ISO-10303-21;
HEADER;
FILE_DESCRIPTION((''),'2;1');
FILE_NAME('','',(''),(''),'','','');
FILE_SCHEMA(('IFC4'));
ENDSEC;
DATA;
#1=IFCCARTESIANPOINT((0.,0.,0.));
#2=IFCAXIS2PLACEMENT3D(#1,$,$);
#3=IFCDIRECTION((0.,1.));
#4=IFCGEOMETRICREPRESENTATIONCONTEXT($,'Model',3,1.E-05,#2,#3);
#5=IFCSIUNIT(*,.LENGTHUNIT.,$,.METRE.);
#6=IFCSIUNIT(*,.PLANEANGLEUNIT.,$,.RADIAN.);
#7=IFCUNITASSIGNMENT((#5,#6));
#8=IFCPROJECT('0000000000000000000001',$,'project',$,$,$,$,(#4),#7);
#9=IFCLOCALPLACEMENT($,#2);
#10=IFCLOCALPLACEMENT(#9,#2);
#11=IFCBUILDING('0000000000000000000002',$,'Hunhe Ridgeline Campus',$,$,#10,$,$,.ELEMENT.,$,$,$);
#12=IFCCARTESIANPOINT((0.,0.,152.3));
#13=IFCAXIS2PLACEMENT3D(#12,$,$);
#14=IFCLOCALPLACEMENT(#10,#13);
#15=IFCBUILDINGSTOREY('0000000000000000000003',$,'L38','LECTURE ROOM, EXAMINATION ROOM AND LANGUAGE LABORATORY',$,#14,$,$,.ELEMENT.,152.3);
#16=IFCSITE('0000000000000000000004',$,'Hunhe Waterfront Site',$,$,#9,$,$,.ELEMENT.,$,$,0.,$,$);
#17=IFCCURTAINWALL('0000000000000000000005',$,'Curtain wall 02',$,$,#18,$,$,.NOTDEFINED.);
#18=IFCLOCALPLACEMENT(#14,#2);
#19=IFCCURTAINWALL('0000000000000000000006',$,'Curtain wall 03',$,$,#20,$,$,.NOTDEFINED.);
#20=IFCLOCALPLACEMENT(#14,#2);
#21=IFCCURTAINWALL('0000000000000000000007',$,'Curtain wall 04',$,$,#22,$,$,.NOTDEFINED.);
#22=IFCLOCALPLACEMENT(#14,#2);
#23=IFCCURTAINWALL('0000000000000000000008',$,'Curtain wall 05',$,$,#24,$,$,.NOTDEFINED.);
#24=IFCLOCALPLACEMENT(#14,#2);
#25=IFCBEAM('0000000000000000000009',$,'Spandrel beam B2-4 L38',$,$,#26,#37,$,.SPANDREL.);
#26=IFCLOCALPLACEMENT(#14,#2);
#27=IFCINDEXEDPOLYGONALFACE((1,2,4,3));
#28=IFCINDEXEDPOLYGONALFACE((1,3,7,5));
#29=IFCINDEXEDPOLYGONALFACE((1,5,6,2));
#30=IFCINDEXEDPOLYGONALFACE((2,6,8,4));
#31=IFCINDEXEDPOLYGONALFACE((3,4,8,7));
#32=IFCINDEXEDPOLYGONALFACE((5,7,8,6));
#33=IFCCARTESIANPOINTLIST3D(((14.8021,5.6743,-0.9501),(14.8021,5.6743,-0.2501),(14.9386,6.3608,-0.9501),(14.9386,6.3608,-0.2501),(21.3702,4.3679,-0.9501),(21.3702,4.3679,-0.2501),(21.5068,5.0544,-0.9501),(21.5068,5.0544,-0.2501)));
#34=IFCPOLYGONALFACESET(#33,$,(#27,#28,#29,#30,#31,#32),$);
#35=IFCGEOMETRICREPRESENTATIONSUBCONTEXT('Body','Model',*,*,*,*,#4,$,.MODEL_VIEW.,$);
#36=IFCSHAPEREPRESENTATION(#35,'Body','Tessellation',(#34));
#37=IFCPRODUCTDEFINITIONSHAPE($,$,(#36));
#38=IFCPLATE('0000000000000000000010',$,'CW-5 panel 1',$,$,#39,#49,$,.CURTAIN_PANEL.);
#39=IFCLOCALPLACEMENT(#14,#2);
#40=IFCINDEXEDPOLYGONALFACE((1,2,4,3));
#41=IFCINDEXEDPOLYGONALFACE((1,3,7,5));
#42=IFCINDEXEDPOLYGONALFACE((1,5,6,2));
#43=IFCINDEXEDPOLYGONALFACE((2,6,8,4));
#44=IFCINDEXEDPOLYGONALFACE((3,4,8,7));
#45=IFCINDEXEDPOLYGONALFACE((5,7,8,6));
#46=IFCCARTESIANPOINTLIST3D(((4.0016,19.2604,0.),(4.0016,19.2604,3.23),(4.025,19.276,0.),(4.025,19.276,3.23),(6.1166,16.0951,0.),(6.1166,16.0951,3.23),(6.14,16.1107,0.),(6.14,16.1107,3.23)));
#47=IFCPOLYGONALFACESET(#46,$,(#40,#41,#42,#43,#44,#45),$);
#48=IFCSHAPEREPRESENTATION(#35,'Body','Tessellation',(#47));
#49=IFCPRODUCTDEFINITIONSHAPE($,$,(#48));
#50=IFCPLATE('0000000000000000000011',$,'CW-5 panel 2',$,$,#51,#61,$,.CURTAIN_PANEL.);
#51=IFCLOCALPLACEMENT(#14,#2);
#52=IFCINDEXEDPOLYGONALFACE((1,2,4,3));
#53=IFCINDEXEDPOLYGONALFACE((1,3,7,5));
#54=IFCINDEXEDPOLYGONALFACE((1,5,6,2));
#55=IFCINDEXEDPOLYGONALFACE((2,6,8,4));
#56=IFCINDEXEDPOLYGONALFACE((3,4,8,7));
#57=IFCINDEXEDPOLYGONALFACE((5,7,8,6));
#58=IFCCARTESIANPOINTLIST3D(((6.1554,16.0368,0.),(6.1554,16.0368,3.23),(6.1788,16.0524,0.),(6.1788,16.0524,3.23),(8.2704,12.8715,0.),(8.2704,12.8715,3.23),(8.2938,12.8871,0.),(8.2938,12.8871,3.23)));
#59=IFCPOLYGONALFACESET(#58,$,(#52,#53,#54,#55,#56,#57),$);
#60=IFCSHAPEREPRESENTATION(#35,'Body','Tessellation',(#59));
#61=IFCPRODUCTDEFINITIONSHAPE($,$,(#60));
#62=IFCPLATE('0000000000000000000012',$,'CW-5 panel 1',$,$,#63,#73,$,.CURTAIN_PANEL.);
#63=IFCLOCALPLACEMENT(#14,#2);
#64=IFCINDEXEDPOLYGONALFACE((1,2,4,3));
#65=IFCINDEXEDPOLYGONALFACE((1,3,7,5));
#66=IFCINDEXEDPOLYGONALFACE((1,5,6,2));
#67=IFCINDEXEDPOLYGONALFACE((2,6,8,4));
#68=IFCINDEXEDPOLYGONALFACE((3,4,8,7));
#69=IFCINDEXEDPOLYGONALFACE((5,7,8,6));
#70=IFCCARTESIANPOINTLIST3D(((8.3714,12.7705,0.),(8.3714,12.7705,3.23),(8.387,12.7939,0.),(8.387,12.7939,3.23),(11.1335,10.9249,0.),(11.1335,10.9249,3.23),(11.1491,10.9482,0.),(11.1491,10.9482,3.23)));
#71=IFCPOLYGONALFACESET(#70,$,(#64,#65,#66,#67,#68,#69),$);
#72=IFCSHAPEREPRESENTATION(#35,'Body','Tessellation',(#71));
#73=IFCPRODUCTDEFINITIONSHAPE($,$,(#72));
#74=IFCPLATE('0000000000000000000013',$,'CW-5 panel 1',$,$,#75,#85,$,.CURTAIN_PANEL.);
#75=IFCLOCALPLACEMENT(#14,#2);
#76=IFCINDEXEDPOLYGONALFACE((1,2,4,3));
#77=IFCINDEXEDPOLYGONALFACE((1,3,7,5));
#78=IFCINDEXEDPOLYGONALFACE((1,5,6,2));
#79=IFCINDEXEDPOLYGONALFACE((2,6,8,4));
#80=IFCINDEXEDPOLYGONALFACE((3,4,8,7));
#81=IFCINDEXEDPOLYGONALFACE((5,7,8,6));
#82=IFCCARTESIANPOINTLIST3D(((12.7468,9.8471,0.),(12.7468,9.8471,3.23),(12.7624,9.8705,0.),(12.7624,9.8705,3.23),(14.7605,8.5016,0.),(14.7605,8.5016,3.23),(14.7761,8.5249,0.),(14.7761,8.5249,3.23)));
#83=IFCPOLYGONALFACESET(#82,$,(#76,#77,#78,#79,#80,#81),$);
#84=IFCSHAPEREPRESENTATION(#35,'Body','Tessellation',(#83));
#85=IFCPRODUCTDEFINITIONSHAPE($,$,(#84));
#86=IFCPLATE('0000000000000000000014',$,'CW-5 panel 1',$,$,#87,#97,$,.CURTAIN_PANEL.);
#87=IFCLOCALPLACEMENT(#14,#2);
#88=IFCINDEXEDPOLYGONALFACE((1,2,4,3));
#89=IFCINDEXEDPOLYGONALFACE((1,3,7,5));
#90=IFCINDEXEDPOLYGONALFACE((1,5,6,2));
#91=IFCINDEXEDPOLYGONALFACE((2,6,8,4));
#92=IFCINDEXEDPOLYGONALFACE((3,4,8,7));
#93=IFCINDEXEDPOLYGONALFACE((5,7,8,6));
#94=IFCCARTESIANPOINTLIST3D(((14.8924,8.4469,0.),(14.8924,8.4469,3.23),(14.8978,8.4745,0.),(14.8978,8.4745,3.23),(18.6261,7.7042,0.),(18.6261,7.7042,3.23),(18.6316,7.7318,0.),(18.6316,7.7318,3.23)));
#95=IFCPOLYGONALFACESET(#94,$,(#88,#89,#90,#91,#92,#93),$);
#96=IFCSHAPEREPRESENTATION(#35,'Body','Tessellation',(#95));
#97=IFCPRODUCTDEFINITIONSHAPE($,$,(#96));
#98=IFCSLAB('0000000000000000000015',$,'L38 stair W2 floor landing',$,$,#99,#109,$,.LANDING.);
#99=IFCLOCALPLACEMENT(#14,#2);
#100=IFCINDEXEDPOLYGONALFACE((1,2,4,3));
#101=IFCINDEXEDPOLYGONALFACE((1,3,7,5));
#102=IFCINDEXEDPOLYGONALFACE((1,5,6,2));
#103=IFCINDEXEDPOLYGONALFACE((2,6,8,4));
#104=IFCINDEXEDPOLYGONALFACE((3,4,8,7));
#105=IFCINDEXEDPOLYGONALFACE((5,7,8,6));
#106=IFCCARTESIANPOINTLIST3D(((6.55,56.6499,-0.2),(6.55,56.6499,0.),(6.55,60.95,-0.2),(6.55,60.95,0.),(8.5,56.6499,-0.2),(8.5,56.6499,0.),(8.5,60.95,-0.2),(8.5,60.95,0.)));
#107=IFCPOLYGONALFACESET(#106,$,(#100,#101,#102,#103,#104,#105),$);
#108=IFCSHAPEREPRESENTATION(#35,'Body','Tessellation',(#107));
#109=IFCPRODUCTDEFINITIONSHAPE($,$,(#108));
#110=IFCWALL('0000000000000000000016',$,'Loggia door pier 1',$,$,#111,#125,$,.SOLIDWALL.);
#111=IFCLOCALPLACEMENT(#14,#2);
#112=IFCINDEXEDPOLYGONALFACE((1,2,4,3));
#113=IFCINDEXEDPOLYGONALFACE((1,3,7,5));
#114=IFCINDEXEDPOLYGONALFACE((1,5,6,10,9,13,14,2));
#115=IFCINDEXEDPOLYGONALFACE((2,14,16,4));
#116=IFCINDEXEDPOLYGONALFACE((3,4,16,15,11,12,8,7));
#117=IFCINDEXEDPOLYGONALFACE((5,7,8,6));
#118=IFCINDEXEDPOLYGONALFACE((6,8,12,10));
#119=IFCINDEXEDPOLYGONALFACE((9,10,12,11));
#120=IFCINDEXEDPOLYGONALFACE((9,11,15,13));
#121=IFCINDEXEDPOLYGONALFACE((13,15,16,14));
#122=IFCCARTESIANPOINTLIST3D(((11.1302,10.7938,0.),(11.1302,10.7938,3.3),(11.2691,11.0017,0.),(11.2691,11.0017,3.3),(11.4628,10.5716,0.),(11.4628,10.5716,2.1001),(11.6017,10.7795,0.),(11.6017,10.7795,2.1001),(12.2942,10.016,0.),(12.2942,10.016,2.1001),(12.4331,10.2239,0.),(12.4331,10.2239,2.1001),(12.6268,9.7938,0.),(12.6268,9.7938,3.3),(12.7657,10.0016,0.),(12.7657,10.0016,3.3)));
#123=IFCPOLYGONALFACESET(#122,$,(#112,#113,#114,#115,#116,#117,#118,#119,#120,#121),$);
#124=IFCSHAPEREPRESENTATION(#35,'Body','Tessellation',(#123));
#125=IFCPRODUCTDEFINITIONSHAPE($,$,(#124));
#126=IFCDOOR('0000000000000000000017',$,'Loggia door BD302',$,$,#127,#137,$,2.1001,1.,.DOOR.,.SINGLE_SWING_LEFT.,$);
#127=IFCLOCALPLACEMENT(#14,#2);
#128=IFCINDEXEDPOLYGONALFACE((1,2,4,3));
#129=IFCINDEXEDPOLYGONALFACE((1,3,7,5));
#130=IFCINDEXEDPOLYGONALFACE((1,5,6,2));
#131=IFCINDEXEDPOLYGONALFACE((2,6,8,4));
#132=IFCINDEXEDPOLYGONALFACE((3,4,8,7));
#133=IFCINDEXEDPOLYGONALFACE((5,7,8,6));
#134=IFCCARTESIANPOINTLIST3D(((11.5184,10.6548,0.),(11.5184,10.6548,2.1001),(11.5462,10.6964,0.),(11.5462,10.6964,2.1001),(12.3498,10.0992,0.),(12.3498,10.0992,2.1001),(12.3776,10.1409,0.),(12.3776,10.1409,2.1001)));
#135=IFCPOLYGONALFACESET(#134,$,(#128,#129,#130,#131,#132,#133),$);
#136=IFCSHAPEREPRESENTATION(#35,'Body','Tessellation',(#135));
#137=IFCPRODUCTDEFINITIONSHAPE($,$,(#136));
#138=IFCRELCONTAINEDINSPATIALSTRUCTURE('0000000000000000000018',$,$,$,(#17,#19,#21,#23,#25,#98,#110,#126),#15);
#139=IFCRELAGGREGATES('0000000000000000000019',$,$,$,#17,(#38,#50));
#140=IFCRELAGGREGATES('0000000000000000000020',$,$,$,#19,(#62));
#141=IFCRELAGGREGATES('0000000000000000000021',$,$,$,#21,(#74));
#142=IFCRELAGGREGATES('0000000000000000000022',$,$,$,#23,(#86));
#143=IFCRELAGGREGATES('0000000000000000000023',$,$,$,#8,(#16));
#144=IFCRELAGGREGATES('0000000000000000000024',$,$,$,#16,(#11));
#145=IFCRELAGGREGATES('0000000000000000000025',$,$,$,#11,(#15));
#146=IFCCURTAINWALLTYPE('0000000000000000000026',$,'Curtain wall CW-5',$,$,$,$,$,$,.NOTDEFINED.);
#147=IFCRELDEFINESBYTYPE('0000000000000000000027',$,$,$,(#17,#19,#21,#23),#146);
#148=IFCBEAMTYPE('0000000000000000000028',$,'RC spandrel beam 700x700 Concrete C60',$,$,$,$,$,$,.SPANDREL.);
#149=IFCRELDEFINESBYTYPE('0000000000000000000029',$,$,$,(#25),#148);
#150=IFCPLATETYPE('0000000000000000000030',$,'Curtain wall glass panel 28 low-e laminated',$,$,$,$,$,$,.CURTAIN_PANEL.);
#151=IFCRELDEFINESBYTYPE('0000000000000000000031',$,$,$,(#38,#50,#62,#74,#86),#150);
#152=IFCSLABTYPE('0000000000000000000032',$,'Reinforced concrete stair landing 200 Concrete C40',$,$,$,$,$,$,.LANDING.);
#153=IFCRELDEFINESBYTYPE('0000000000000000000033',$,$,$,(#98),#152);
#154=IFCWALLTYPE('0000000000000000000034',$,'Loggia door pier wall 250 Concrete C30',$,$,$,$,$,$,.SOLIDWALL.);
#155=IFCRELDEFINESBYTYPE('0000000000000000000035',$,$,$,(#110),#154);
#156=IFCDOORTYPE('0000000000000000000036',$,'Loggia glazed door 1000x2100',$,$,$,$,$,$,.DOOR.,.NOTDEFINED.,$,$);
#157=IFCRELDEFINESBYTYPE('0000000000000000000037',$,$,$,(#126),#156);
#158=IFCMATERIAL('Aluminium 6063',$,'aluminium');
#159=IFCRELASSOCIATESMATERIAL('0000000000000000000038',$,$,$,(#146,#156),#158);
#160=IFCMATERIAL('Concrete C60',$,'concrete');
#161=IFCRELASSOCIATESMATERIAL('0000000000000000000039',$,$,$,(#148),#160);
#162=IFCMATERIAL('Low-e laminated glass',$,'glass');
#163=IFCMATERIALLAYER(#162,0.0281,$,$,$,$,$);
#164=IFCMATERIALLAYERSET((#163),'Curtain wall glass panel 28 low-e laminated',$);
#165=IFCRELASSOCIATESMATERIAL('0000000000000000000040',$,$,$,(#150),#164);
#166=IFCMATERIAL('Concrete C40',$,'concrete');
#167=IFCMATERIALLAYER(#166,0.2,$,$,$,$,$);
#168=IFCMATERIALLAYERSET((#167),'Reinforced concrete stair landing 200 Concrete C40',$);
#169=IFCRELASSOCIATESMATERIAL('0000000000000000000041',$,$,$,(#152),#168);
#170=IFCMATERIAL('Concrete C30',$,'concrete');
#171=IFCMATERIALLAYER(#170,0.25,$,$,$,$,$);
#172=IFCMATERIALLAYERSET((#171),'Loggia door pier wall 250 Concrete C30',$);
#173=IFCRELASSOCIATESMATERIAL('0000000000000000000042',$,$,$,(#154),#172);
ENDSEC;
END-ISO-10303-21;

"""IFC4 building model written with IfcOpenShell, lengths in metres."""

from ifc_helpers import new_model, si_unit, direction, frame, frame_2d, origin, origin_2d, place, context, subcontext, project, spatial, polyline, rectangle, outline, extrude, material, layer, layer_set, material_profile, profile_set, type_object, element, fill, aggregate, save


model = new_model("IFC4")

# Units and contexts
model_context = context("Model", 3, precision=1e-05, world=origin(), true_north=direction((0.0, 1.0)))
body_context = subcontext(model_context, "Body", "Model", "MODEL_VIEW")
ifc_project = project(units=[si_unit("LENGTHUNIT", "METRE"), si_unit("PLANEANGLEUNIT", "RADIAN")], contexts=[model_context])

# Site, building, storey
site_placement = place(None, origin())
site = spatial("IfcSite", under=ifc_project, at=site_placement, Name="Hunhe Waterfront Site", CompositionType="ELEMENT", RefElevation=0.0)
building_placement = place(site_placement, origin())
building = spatial("IfcBuilding", under=site, at=building_placement, Name="Hunhe Ridgeline Campus", CompositionType="ELEMENT")
storey_placement = place(building_placement, frame((0.0, 0.0, 152.3)))
storey = spatial("IfcBuildingStorey", under=building, at=storey_placement, Name="L38", Description="LECTURE ROOM, EXAMINATION ROOM AND LANGUAGE LABORATORY", CompositionType="ELEMENT", Elevation=152.3)

# Curtain walls
ifc_material_1 = material(Name="Aluminium 6063", Category="aluminium")
curtain_wall_type = type_object("IfcCurtainWallType", Name="Curtain wall CW-5", PredefinedType="NOTDEFINED", material=ifc_material_1)
curtain_wall_1_placement = place(storey_placement, origin())
curtain_wall_1 = element("IfcCurtainWall", 1, at=curtain_wall_1_placement, inside=storey, type_object=curtain_wall_type, Name="Curtain wall 02", PredefinedType="NOTDEFINED")
curtain_wall_2_placement = place(storey_placement, origin())
curtain_wall_2 = element("IfcCurtainWall", 2, at=curtain_wall_2_placement, inside=storey, type_object=curtain_wall_type, Name="Curtain wall 03", PredefinedType="NOTDEFINED")
curtain_wall_3_placement = place(storey_placement, origin())
curtain_wall_3 = element("IfcCurtainWall", 3, at=curtain_wall_3_placement, inside=storey, type_object=curtain_wall_type, Name="Curtain wall 04", PredefinedType="NOTDEFINED")
curtain_wall_4_placement = place(storey_placement, origin())
curtain_wall_4 = element("IfcCurtainWall", 4, at=curtain_wall_4_placement, inside=storey, type_object=curtain_wall_type, Name="Curtain wall 05", PredefinedType="NOTDEFINED")

# Beam
ifc_material_2 = material(Name="Concrete C60", Category="concrete")
ifc_material_profile_1 = material_profile(ifc_material_2, rectangle(XDim=0.7, YDim=0.7, at=origin_2d()))
ifc_profile_set_1 = profile_set([ifc_material_profile_1], Name="Concrete C60")
beam_type = type_object("IfcBeamType", Name="RC spandrel beam 700x700 Concrete C60", PredefinedType="SPANDREL", material=ifc_profile_set_1)
for number, where, z_axis, x_axis, name in (
    (5, (14.8704, 6.0176, -0.6001), (0.980788, -0.195078, 0.0), (0.195078, 0.980788, 0.0), "Spandrel beam B2-4 L38"),
):
    element("IfcBeam", number, at=place(storey_placement, frame(where, z_axis=z_axis, x_axis=x_axis)), inside=storey, type_object=beam_type, Name=name, PredefinedType="SPANDREL", context=body_context, shape_type="SweptSolid", body=[
        extrude(rectangle(XDim=0.7, YDim=0.7, at=origin_2d()), origin(), (0.0, 0.0, 1.0), 6.6968),
    ])

# Plates
ifc_material_3 = material(Name="Low-e laminated glass", Category="glass")
ifc_layer_1 = layer(ifc_material_3, 0.0281)
ifc_layer_set_1 = layer_set([ifc_layer_1], Name="Curtain wall glass panel 28 low-e laminated")
plate_type = type_object("IfcPlateType", Name="Curtain wall glass panel 28 low-e laminated", PredefinedType="CURTAIN_PANEL", material=ifc_layer_set_1)
plate_1_placement = place(storey_placement, frame((5.0708, 17.6855, 0.0), z_axis=(0.0, 0.0, 1.0), x_axis=(0.55557, -0.83147, 0.0)))
plate_1 = element("IfcPlate", 6, at=plate_1_placement, type_object=plate_type, Name="CW-5 panel 1", PredefinedType="CURTAIN_PANEL", context=body_context, shape_type="SweptSolid", body=[
    extrude(rectangle(XDim=3.8069, YDim=0.0281, at=origin_2d()), origin(), (0.0, 0.0, 1.0), 3.23),
])
plate_2_placement = place(storey_placement, frame((7.2246, 14.4619, 0.0), z_axis=(0.0, 0.0, 1.0), x_axis=(0.55557, -0.83147, 0.0)))
plate_2 = element("IfcPlate", 7, at=plate_2_placement, type_object=plate_type, Name="CW-5 panel 2", PredefinedType="CURTAIN_PANEL", context=body_context, shape_type="SweptSolid", body=[
    extrude(rectangle(XDim=3.8069, YDim=0.0281, at=origin_2d()), origin(), (0.0, 0.0, 1.0), 3.23),
])
aggregate(curtain_wall_1, [plate_1, plate_2])
plate_3_placement = place(storey_placement, frame((9.7603, 11.8594, 0.0), z_axis=(0.0, 0.0, 1.0), x_axis=(0.83147, -0.55557, 0.0)))
plate_3 = element("IfcPlate", 8, at=plate_3_placement, type_object=plate_type, Name="CW-5 panel 1", PredefinedType="CURTAIN_PANEL", context=body_context, shape_type="SweptSolid", body=[
    extrude(rectangle(XDim=3.322, YDim=0.0281, at=origin_2d()), origin(), (0.0, 0.0, 1.0), 3.23),
])
aggregate(curtain_wall_2, [plate_3])
plate_4_placement = place(storey_placement, frame((13.7615, 9.186, 0.0), z_axis=(0.0, 0.0, 1.0), x_axis=(0.83147, -0.55557, 0.0)))
plate_4 = element("IfcPlate", 9, at=plate_4_placement, type_object=plate_type, Name="CW-5 panel 1", PredefinedType="CURTAIN_PANEL", context=body_context, shape_type="SweptSolid", body=[
    extrude(rectangle(XDim=2.4219, YDim=0.0281, at=origin_2d()), origin(), (0.0, 0.0, 1.0), 3.23),
])
aggregate(curtain_wall_3, [plate_4])
plate_5_placement = place(storey_placement, frame((16.762, 8.0894, 0.0), z_axis=(0.0, 0.0, 1.0), x_axis=(0.980785, -0.19509, 0.0)))
plate_5 = element("IfcPlate", 10, at=plate_5_placement, type_object=plate_type, Name="CW-5 panel 1", PredefinedType="CURTAIN_PANEL", context=body_context, shape_type="SweptSolid", body=[
    extrude(rectangle(XDim=3.8069, YDim=0.0281, at=origin_2d()), origin(), (0.0, 0.0, 1.0), 3.23),
])
aggregate(curtain_wall_4, [plate_5])

# Slab
ifc_material_4 = material(Name="Concrete C40", Category="concrete")
ifc_layer_2 = layer(ifc_material_4, 0.2)
ifc_layer_set_2 = layer_set([ifc_layer_2], Name="Reinforced concrete stair landing 200 Concrete C40")
slab_type = type_object("IfcSlabType", Name="Reinforced concrete stair landing 200 Concrete C40", PredefinedType="LANDING", material=ifc_layer_set_2)
slab_placement = place(storey_placement, frame((0.0, 0.0, -0.2)))
element("IfcSlab", 11, at=slab_placement, inside=storey, type_object=slab_type, Name="L38 stair W2 floor landing", PredefinedType="LANDING", context=body_context, shape_type="SweptSolid", body=[
    extrude(outline(polyline([(8.5, 60.95), (6.55, 60.95), (6.55, 56.6499), (8.5, 56.6499), (8.5, 60.95)])), origin(), (0.0, 0.0, 1.0), 0.2),
])

# Wall, opening, door
ifc_material_5 = material(Name="Concrete C30", Category="concrete")
ifc_layer_3 = layer(ifc_material_5, 0.25)
ifc_layer_set_3 = layer_set([ifc_layer_3], Name="Loggia door pier wall 250 Concrete C30")
wall_type_1 = type_object("IfcWallType", Name="Loggia door pier wall 250 Concrete C30", PredefinedType="SOLIDWALL", material=ifc_layer_set_3)
wall_1_placement = place(storey_placement, frame((11.1997, 10.8977, 0.0), z_axis=(0.0, 0.0, 1.0), x_axis=(0.831466, -0.555576, 0.0)))
wall_1 = element("IfcWall", 12, at=wall_1_placement, inside=storey, type_object=wall_type_1, Name="Loggia door pier 1", PredefinedType="SOLIDWALL", context=body_context, shape_type="SweptSolid", body=[
    extrude(rectangle(XDim=1.8, YDim=0.25, at=frame_2d((0.8999, 0.0))), origin(), (0.0, 0.0, 1.0), 3.3),
])
opening_1_placement = place(wall_1_placement, frame((0.3999, 0.0, 0.0)))
opening_1 = element("IfcOpeningElement", 13, at=opening_1_placement, cuts=wall_1, PredefinedType="OPENING", context=body_context, shape_type="SweptSolid", body=[
    extrude(rectangle(XDim=1.0, YDim=2.1001, at=frame_2d((0.5, 1.05))), frame((0.0, 0.125, 0.0), z_axis=(0.0, -1.0, 0.0), x_axis=(1.0, 0.0, 0.0)), (0.0, 0.0, 1.0), 0.25),
])
door_type_1 = type_object("IfcDoorType", Name="Loggia glazed door 1000x2100", OperationType="NOTDEFINED", PredefinedType="DOOR", material=ifc_material_1)
door_1_placement = place(opening_1_placement, frame((1.0, 0.0, 0.0), z_axis=(0.0, 0.0, 1.0), x_axis=(-1.0, 0.0, 0.0)))
door_1 = element("IfcDoor", 14, at=door_1_placement, inside=storey, type_object=door_type_1, Name="Loggia door BD302", OperationType="SINGLE_SWING_LEFT", OverallHeight=2.1001, OverallWidth=1.0, PredefinedType="DOOR", context=body_context, shape_type="SweptSolid", body=[
    extrude(rectangle(XDim=1.0, YDim=2.1001, at=frame_2d((0.5, 1.05))), frame((0.0, 0.0249, 0.0), z_axis=(0.0, -1.0, 0.0), x_axis=(1.0, 0.0, 0.0)), (0.0, 0.0, 1.0), 0.05),
])
fill(opening_1, door_1)

save(model, "model.ifc")
